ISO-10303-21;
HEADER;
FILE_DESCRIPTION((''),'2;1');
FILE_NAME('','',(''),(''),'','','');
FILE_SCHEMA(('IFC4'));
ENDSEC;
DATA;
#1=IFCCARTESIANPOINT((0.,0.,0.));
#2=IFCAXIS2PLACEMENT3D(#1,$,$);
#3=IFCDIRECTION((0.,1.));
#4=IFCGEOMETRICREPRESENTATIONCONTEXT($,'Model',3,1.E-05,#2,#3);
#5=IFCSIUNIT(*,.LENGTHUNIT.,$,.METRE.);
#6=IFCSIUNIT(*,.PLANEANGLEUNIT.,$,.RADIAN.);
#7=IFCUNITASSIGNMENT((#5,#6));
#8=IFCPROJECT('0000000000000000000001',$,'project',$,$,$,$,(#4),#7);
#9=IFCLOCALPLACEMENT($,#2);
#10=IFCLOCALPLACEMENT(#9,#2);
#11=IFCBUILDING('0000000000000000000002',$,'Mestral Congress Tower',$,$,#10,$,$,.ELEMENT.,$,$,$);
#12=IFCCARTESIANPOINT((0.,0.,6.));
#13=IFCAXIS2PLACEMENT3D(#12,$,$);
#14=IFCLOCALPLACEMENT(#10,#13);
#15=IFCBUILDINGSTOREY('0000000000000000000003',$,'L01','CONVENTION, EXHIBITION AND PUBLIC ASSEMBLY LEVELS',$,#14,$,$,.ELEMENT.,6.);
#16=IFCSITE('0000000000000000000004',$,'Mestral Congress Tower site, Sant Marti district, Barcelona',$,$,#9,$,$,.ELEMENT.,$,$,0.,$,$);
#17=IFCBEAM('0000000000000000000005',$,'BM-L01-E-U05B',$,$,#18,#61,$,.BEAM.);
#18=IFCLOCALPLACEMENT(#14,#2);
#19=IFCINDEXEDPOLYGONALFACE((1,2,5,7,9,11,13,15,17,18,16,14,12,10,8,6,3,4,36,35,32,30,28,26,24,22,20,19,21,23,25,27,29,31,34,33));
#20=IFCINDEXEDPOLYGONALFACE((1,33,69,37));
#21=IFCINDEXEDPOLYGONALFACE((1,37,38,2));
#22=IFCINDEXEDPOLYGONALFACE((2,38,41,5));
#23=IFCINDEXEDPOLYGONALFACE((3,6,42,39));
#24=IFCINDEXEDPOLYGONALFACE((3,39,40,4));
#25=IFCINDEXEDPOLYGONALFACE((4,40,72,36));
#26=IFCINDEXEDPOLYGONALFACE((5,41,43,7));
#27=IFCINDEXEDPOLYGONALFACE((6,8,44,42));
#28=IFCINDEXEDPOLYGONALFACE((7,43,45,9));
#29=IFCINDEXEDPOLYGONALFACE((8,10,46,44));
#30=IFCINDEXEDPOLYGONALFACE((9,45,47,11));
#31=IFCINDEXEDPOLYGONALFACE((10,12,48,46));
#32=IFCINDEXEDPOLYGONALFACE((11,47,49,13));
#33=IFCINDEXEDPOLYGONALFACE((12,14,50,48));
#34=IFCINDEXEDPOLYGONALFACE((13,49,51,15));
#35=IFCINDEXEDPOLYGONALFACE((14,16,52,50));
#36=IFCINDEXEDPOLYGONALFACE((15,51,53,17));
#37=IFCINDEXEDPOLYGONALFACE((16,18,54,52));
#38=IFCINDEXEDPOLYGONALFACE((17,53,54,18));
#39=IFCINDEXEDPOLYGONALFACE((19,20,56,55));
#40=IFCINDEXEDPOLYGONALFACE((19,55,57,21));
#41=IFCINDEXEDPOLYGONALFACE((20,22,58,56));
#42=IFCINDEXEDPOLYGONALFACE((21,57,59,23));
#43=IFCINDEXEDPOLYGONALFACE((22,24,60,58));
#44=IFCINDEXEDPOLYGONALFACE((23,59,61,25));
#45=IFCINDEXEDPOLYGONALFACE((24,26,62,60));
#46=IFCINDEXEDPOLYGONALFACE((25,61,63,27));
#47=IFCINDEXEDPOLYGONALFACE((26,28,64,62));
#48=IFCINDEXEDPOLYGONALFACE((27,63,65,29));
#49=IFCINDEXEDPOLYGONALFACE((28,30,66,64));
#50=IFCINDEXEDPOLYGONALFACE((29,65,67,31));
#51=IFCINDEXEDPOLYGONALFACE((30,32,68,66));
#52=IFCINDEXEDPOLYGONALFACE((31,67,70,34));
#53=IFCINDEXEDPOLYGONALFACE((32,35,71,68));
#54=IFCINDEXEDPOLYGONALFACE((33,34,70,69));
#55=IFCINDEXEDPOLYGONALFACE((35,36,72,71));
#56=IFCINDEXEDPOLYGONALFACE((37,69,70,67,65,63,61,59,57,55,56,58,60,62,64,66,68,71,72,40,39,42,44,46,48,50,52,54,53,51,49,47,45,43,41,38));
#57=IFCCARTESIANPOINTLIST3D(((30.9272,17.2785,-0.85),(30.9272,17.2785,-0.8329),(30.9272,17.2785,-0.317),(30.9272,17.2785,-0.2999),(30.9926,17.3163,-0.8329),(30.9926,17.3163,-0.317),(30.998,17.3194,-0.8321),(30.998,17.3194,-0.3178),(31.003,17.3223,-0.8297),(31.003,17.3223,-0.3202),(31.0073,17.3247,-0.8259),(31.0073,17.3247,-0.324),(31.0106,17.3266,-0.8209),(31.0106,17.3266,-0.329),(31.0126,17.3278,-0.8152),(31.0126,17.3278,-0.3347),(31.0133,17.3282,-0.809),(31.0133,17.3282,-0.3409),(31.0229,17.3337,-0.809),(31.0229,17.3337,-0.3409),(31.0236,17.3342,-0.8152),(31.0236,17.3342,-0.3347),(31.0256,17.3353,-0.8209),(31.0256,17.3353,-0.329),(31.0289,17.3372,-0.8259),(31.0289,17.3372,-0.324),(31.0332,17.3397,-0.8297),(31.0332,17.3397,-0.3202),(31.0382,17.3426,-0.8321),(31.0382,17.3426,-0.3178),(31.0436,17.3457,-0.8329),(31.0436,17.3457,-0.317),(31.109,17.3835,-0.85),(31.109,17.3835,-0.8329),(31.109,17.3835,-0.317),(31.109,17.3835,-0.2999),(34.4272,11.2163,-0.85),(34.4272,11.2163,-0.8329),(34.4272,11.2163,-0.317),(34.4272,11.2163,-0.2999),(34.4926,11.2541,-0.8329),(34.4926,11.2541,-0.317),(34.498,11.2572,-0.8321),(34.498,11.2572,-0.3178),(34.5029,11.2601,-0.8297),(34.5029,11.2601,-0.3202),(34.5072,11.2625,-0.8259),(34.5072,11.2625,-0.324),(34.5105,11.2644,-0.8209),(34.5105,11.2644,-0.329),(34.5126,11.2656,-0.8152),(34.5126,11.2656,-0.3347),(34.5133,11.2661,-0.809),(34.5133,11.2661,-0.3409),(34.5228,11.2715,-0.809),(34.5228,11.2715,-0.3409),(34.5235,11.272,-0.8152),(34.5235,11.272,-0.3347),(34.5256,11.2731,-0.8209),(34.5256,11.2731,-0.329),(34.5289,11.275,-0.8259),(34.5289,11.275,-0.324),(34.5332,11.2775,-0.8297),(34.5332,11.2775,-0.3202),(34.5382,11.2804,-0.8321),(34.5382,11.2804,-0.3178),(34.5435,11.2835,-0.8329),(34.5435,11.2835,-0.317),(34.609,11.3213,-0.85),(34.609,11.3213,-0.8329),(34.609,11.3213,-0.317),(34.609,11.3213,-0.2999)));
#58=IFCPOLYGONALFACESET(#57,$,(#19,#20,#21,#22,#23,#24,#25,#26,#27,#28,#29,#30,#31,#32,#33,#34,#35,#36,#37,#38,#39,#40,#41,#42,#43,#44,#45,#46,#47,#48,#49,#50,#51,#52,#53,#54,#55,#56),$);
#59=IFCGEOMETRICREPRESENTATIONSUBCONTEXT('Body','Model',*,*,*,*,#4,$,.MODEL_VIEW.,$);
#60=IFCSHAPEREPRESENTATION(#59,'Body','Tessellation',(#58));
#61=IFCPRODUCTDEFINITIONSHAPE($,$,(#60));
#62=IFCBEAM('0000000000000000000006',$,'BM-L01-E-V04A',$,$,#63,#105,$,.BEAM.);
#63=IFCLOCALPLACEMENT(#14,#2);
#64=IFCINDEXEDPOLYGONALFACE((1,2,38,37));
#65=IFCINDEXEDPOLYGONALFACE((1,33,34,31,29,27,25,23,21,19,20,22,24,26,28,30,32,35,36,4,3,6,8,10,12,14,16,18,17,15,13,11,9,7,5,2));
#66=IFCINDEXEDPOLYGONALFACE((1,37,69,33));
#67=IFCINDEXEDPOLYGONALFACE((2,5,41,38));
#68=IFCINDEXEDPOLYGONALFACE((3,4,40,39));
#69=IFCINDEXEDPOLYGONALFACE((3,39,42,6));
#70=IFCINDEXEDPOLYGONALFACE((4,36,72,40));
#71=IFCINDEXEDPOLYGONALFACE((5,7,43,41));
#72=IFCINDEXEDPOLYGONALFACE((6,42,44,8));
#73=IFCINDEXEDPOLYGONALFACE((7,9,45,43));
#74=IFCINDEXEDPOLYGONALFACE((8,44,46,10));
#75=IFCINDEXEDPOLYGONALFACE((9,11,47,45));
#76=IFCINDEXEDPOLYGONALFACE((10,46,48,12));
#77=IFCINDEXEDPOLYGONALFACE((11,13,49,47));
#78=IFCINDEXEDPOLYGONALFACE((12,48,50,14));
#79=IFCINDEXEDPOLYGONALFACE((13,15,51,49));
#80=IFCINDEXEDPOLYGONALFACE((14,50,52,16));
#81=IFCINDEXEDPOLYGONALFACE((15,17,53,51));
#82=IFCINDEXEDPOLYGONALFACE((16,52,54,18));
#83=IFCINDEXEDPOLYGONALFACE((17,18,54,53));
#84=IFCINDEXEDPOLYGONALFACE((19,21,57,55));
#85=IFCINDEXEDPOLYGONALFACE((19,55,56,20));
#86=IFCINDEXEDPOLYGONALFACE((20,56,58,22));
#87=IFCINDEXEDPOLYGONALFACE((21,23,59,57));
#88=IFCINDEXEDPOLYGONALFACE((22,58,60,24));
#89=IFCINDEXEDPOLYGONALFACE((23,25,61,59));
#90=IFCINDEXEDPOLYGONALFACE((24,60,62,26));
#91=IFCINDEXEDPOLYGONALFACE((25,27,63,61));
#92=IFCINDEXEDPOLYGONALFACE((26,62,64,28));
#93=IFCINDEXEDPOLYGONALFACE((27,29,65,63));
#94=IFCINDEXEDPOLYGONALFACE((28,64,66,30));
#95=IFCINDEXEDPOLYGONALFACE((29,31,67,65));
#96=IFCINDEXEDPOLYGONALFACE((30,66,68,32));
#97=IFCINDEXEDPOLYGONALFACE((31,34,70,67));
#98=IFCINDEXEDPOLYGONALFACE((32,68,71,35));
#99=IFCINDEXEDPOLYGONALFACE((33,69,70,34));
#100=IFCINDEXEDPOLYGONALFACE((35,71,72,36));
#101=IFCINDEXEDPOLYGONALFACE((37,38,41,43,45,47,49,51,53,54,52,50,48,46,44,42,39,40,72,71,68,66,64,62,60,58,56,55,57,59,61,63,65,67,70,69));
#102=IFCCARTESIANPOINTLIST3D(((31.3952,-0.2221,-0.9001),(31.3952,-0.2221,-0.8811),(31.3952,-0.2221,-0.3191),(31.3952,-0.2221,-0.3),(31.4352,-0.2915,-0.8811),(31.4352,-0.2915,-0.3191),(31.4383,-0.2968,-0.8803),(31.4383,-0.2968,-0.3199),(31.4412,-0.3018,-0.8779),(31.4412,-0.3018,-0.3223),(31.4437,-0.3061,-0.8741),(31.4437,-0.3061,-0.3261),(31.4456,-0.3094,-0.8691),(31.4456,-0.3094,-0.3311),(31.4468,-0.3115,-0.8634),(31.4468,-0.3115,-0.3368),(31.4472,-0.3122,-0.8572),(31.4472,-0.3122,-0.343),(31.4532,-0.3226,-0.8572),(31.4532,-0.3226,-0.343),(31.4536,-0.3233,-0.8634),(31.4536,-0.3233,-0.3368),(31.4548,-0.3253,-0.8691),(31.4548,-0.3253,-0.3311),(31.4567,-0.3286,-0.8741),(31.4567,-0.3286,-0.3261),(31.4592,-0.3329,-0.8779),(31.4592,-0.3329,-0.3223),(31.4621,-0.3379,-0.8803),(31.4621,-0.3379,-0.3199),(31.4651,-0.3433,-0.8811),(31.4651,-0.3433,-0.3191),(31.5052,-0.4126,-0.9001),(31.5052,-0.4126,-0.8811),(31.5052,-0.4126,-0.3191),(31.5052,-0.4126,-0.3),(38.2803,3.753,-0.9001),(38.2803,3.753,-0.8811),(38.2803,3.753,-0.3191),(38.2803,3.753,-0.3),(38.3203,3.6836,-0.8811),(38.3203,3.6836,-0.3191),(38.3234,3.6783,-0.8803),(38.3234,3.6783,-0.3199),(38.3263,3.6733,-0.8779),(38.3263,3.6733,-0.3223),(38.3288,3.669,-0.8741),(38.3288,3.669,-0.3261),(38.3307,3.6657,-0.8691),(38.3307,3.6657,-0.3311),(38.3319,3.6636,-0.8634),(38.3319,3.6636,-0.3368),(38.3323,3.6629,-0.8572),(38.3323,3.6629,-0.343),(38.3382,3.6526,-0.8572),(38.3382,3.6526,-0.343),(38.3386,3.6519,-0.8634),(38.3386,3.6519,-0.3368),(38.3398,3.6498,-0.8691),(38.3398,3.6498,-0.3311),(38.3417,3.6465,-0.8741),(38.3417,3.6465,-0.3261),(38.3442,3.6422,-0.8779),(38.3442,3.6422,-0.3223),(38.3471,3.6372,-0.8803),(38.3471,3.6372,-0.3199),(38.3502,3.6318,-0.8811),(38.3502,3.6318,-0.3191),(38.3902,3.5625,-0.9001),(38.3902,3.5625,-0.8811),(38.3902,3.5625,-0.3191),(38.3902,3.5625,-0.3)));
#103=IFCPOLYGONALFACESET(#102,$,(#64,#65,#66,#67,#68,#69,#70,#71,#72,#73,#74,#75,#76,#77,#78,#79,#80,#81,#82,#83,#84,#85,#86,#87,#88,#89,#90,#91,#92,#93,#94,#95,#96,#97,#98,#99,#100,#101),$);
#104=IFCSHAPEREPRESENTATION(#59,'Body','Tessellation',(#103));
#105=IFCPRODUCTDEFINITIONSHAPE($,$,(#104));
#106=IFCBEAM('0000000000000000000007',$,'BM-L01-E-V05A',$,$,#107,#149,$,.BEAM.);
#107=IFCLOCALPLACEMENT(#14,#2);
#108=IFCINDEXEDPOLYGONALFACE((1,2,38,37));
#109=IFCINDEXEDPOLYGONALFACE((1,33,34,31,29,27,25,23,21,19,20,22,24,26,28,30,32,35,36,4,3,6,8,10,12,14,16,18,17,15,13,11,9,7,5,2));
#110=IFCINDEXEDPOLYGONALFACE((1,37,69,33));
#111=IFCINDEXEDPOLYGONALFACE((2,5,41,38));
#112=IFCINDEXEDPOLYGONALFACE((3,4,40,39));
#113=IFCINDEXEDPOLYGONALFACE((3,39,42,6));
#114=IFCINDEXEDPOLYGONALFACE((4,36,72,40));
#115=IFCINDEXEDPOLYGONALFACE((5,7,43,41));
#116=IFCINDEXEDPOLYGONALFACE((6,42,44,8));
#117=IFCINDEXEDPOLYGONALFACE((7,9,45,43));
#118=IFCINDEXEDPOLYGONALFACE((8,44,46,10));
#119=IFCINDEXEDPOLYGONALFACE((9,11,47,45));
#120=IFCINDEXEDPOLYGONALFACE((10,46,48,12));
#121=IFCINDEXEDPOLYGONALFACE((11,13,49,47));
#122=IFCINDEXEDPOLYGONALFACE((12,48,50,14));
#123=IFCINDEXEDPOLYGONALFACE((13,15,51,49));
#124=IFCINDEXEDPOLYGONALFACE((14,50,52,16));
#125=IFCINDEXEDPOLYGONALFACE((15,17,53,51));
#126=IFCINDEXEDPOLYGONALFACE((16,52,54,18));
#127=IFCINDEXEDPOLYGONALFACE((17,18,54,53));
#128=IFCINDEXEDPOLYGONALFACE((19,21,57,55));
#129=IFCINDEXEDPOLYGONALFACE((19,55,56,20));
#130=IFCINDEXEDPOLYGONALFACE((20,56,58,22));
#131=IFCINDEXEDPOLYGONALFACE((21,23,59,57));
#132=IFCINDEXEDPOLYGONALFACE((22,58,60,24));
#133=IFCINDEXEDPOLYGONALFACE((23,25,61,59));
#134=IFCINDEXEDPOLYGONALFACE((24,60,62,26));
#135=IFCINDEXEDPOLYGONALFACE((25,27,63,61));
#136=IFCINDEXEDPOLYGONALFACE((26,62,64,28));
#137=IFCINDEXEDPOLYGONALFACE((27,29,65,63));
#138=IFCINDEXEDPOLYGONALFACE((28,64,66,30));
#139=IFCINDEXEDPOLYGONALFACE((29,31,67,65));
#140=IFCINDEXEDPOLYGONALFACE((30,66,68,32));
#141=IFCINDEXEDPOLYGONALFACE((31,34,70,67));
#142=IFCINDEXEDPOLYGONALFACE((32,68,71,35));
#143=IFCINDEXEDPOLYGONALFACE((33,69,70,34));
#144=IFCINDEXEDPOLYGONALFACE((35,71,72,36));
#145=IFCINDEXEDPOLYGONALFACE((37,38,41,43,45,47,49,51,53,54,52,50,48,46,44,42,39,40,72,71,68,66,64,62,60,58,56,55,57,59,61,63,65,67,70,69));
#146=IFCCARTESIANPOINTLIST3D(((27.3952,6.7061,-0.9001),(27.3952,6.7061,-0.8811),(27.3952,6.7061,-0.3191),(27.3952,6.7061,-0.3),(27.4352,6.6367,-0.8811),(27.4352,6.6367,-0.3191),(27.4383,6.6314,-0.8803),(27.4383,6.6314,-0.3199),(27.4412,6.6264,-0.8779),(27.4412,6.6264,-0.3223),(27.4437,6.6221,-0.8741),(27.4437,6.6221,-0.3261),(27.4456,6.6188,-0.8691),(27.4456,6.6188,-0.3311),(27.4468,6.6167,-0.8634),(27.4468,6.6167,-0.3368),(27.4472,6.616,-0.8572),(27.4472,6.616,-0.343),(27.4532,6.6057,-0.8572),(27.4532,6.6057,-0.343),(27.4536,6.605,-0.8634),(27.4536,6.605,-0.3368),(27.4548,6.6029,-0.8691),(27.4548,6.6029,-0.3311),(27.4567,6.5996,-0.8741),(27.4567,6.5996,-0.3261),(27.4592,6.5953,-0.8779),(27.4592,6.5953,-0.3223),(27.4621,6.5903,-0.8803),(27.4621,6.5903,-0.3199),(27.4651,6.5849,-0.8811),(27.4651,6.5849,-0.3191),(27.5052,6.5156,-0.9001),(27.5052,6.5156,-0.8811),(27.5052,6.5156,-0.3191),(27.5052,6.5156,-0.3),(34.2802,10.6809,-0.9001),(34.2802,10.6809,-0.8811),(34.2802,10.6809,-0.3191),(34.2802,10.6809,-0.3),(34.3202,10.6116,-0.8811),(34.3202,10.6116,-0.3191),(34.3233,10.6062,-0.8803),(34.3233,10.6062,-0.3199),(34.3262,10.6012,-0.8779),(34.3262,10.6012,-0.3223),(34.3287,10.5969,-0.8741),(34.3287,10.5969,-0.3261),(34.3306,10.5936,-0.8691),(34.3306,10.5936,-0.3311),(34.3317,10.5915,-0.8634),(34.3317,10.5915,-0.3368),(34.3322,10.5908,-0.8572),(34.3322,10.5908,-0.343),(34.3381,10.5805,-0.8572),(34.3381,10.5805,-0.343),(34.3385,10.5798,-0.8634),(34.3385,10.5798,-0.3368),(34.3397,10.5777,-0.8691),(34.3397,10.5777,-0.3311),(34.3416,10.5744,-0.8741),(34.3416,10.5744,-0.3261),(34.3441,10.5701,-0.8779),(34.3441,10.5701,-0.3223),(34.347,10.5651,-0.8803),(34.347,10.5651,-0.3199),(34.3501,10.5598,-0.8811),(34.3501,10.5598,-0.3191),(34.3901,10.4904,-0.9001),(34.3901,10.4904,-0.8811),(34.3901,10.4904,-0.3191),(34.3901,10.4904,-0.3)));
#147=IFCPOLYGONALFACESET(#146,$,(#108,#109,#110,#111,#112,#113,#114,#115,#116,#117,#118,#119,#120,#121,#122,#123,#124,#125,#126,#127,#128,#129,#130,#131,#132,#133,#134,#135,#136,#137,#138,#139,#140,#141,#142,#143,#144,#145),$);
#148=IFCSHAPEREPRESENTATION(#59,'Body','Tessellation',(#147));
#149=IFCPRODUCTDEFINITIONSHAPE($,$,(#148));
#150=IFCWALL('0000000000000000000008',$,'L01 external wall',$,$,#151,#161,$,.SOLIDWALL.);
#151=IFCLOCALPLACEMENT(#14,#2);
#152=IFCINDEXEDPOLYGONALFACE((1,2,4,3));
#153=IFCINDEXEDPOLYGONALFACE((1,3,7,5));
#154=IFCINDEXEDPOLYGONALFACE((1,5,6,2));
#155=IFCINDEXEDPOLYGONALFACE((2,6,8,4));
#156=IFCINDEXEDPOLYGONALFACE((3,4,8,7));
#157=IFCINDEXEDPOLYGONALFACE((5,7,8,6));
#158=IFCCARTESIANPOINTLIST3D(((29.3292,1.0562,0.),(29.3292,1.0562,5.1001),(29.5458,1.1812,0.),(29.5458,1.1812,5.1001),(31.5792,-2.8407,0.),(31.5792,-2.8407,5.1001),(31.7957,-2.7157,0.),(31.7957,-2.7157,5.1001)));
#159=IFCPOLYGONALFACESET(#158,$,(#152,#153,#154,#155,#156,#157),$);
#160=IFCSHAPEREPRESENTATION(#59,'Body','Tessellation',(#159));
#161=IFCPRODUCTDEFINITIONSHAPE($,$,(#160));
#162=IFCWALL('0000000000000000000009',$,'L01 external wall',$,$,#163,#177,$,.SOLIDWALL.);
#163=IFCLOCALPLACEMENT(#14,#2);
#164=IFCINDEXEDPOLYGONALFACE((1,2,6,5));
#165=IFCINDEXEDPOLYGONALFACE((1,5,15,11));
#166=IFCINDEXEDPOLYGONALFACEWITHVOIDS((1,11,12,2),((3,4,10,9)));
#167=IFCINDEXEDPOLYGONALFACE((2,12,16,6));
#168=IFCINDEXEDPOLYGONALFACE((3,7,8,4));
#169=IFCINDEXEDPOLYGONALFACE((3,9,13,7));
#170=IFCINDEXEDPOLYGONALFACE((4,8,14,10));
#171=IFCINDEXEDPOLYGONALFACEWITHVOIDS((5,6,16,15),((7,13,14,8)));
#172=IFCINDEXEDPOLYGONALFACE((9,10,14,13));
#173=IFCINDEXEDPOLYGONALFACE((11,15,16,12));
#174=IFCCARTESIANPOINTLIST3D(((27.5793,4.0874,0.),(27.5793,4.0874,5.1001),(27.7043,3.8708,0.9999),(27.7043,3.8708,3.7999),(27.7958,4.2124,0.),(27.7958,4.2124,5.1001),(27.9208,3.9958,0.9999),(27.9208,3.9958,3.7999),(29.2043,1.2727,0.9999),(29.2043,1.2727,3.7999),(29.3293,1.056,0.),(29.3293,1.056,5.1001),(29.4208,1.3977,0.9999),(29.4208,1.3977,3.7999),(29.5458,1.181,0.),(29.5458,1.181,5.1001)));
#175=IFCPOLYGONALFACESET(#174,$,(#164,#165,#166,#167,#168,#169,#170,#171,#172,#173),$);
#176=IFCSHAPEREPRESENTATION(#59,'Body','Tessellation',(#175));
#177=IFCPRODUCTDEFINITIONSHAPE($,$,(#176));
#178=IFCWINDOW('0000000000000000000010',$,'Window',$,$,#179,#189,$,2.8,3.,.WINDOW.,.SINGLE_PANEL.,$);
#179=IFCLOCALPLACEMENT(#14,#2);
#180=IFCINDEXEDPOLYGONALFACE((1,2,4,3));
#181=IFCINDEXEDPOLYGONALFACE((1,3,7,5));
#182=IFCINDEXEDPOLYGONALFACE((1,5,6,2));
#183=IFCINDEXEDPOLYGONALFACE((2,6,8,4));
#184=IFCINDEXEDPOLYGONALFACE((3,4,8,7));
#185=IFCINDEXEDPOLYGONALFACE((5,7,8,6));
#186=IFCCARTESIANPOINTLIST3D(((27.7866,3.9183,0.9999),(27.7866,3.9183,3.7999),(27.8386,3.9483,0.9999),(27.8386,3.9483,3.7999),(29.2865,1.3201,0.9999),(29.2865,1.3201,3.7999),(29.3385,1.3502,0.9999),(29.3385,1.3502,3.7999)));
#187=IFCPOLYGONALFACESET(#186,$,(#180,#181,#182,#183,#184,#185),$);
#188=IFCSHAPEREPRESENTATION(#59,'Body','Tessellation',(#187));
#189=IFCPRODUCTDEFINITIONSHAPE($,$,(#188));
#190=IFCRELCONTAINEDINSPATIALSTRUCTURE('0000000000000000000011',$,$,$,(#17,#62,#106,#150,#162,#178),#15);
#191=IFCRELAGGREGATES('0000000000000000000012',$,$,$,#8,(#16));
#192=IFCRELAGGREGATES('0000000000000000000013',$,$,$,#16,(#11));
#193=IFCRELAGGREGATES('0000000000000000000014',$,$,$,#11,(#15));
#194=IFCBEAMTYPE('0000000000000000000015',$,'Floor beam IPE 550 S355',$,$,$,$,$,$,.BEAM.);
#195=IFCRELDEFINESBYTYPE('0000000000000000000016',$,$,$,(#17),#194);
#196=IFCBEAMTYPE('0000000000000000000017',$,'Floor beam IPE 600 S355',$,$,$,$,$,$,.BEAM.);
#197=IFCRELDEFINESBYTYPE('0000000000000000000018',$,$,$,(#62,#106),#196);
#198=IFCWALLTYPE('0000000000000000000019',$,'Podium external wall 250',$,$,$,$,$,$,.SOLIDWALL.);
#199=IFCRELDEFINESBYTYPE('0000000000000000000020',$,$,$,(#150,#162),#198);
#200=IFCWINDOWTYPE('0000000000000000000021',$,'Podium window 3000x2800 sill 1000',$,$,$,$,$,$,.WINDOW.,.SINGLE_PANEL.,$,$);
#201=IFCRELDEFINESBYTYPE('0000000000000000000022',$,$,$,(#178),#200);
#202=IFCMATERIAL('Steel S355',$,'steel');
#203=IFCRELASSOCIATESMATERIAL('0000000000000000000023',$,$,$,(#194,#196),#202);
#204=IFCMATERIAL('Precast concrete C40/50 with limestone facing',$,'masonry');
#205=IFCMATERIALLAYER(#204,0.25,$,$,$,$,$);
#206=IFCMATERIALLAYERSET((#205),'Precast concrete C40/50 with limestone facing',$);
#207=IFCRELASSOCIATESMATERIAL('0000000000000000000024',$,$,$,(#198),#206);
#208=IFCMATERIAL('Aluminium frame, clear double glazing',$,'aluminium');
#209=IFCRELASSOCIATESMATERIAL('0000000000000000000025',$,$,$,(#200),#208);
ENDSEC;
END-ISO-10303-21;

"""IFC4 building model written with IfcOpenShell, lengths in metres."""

from ifc_helpers import new_model, si_unit, direction, frame, frame_2d, origin, origin_2d, place, context, subcontext, project, spatial, rectangle, i_section, extrude, material, layer, layer_set, material_profile, profile_set, type_object, element, fill, save


model = new_model("IFC4")

# Units and contexts
model_context = context("Model", 3, precision=1e-05, world=origin(), true_north=direction((0.0, 1.0)))
body_context = subcontext(model_context, "Body", "Model", "MODEL_VIEW")
ifc_project = project(units=[si_unit("LENGTHUNIT", "METRE"), si_unit("PLANEANGLEUNIT", "RADIAN")], contexts=[model_context])

# Site, building, storey
site_placement = place(None, origin())
site = spatial("IfcSite", under=ifc_project, at=site_placement, Name="Mestral Congress Tower site, Sant Marti district, Barcelona", CompositionType="ELEMENT", RefElevation=0.0)
building_placement = place(site_placement, origin())
building = spatial("IfcBuilding", under=site, at=building_placement, Name="Mestral Congress Tower", CompositionType="ELEMENT")
storey_placement = place(building_placement, frame((0.0, 0.0, 6.0)))
storey = spatial("IfcBuildingStorey", under=building, at=storey_placement, Name="L01", Description="CONVENTION, EXHIBITION AND PUBLIC ASSEMBLY LEVELS", CompositionType="ELEMENT", Elevation=6.0)

# Beams
ifc_material_1 = material(Name="Steel S355", Category="steel")
ifc_material_profile_1 = material_profile(ifc_material_1, i_section(OverallWidth=0.21, OverallDepth=0.55, WebThickness=0.011, FlangeThickness=0.0171, FilletRadius=0.0239, at=origin_2d()), Name="IPE 550")
ifc_profile_set_1 = profile_set([ifc_material_profile_1], Name="Steel S355")
beam_type_1 = type_object("IfcBeamType", Name="Floor beam IPE 550 S355", PredefinedType="BEAM", material=ifc_profile_set_1)
for number, where, z_axis, x_axis, name in (
    (1, (34.5181, 11.2688, -0.575), (-0.499995, 0.866028, 0.0), (-0.866028, -0.499995, 0.0), "BM-L01-E-U05B"),
):
    element("IfcBeam", number, at=place(storey_placement, frame(where, z_axis=z_axis, x_axis=x_axis)), inside=storey, type_object=beam_type_1, Name=name, PredefinedType="BEAM", context=body_context, shape_type="SweptSolid", body=[
        extrude(i_section(OverallWidth=0.21, OverallDepth=0.55, WebThickness=0.011, FlangeThickness=0.0171, FilletRadius=0.0239, at=origin_2d()), origin(), (0.0, 0.0, 1.0), 7.0),
    ])
ifc_material_profile_2 = material_profile(ifc_material_1, i_section(OverallWidth=0.22, OverallDepth=0.6001, WebThickness=0.012, FlangeThickness=0.019, FilletRadius=0.0239, at=origin_2d()), Name="IPE 600")
ifc_profile_set_2 = profile_set([ifc_material_profile_2], Name="Steel S355")
beam_type_2 = type_object("IfcBeamType", Name="Floor beam IPE 600 S355", PredefinedType="BEAM", material=ifc_profile_set_2)
beam_1_placement = place(storey_placement, frame((31.4502, -0.3174, -0.6001), z_axis=(0.866023, 0.500003, 0.0), x_axis=(-0.500003, 0.866023, 0.0)))
element("IfcBeam", 2, at=beam_1_placement, inside=storey, type_object=beam_type_2, Name="BM-L01-E-V04A", PredefinedType="BEAM", context=body_context, shape_type="SweptSolid", body=[
    extrude(i_section(OverallWidth=0.22, OverallDepth=0.6001, WebThickness=0.012, FlangeThickness=0.019, FilletRadius=0.0239, at=origin_2d()), origin(), (0.0, 0.0, 1.0), 7.9502),
])
beam_2_placement = place(storey_placement, frame((27.4502, 6.6108, -0.6001), z_axis=(0.866037, 0.49998, 0.0), x_axis=(-0.49998, 0.866037, 0.0)))
element("IfcBeam", 3, at=beam_2_placement, inside=storey, type_object=beam_type_2, Name="BM-L01-E-V05A", PredefinedType="BEAM", context=body_context, shape_type="SweptSolid", body=[
    extrude(i_section(OverallWidth=0.22, OverallDepth=0.6001, WebThickness=0.012, FlangeThickness=0.019, FilletRadius=0.0239, at=origin_2d()), origin(), (0.0, 0.0, 1.0), 7.95),
])

# Wall
ifc_material_2 = material(Name="Precast concrete C40/50 with limestone facing", Category="masonry")
ifc_layer_1 = layer(ifc_material_2, 0.25)
ifc_layer_set_1 = layer_set([ifc_layer_1], Name="Precast concrete C40/50 with limestone facing")
wall_type_1 = type_object("IfcWallType", Name="Podium external wall 250", PredefinedType="SOLIDWALL", material=ifc_layer_set_1)
wall_1_placement = place(storey_placement, frame((31.6875, -2.7783, 0.0), z_axis=(0.0, 0.0, 1.0), x_axis=(-0.500014, 0.866018, 0.0)))
element("IfcWall", 4, at=wall_1_placement, inside=storey, type_object=wall_type_1, Name="L01 external wall", PredefinedType="SOLIDWALL", context=body_context, shape_type="SweptSolid", body=[
    extrude(rectangle(XDim=4.4998, YDim=0.25, at=frame_2d((2.25, 0.0))), origin(), (0.0, 0.0, 1.0), 5.1001),
])

# Wall, opening, window
wall_2_placement = place(storey_placement, frame((29.4375, 1.1187, 0.0), z_axis=(0.0, 0.0, 1.0), x_axis=(-0.49998, 0.866037, 0.0)))
wall_2 = element("IfcWall", 5, at=wall_2_placement, inside=storey, type_object=wall_type_1, Name="L01 external wall", PredefinedType="SOLIDWALL", context=body_context, shape_type="SweptSolid", body=[
    extrude(rectangle(XDim=3.5002, YDim=0.25, at=frame_2d((1.75, 0.0))), origin(), (0.0, 0.0, 1.0), 5.1001),
])
opening_1_placement = place(wall_2_placement, frame((0.25, 0.0, 1.0)))
opening_1 = element("IfcOpeningElement", 6, at=opening_1_placement, cuts=wall_2, PredefinedType="OPENING", context=body_context, shape_type="SweptSolid", body=[
    extrude(rectangle(XDim=3.0, YDim=2.8, at=frame_2d((1.5, 1.3999))), frame((0.0, 0.135, 0.0), z_axis=(0.0, -1.0, 0.0), x_axis=(1.0, 0.0, 0.0)), (0.0, 0.0, 1.0), 0.27),
])
ifc_material_3 = material(Name="Aluminium frame, clear double glazing", Category="aluminium")
window_type = type_object("IfcWindowType", Name="Podium window 3000x2800 sill 1000", PartitioningType="SINGLE_PANEL", PredefinedType="WINDOW", material=ifc_material_3)
window_1_placement = place(opening_1_placement, origin())
window_1 = element("IfcWindow", 7, at=window_1_placement, inside=storey, type_object=window_type, Name="Window", OverallHeight=2.8, OverallWidth=3.0, PartitioningType="SINGLE_PANEL", PredefinedType="WINDOW", context=body_context, shape_type="SweptSolid", body=[
    extrude(rectangle(XDim=3.0, YDim=2.8, at=frame_2d((1.5, 1.3999))), frame((0.0, 0.03, 0.0), z_axis=(0.0, -1.0, 0.0), x_axis=(1.0, 0.0, 0.0)), (0.0, 0.0, 1.0), 0.0601),
])
fill(opening_1, window_1)

save(model, "model.ifc")
